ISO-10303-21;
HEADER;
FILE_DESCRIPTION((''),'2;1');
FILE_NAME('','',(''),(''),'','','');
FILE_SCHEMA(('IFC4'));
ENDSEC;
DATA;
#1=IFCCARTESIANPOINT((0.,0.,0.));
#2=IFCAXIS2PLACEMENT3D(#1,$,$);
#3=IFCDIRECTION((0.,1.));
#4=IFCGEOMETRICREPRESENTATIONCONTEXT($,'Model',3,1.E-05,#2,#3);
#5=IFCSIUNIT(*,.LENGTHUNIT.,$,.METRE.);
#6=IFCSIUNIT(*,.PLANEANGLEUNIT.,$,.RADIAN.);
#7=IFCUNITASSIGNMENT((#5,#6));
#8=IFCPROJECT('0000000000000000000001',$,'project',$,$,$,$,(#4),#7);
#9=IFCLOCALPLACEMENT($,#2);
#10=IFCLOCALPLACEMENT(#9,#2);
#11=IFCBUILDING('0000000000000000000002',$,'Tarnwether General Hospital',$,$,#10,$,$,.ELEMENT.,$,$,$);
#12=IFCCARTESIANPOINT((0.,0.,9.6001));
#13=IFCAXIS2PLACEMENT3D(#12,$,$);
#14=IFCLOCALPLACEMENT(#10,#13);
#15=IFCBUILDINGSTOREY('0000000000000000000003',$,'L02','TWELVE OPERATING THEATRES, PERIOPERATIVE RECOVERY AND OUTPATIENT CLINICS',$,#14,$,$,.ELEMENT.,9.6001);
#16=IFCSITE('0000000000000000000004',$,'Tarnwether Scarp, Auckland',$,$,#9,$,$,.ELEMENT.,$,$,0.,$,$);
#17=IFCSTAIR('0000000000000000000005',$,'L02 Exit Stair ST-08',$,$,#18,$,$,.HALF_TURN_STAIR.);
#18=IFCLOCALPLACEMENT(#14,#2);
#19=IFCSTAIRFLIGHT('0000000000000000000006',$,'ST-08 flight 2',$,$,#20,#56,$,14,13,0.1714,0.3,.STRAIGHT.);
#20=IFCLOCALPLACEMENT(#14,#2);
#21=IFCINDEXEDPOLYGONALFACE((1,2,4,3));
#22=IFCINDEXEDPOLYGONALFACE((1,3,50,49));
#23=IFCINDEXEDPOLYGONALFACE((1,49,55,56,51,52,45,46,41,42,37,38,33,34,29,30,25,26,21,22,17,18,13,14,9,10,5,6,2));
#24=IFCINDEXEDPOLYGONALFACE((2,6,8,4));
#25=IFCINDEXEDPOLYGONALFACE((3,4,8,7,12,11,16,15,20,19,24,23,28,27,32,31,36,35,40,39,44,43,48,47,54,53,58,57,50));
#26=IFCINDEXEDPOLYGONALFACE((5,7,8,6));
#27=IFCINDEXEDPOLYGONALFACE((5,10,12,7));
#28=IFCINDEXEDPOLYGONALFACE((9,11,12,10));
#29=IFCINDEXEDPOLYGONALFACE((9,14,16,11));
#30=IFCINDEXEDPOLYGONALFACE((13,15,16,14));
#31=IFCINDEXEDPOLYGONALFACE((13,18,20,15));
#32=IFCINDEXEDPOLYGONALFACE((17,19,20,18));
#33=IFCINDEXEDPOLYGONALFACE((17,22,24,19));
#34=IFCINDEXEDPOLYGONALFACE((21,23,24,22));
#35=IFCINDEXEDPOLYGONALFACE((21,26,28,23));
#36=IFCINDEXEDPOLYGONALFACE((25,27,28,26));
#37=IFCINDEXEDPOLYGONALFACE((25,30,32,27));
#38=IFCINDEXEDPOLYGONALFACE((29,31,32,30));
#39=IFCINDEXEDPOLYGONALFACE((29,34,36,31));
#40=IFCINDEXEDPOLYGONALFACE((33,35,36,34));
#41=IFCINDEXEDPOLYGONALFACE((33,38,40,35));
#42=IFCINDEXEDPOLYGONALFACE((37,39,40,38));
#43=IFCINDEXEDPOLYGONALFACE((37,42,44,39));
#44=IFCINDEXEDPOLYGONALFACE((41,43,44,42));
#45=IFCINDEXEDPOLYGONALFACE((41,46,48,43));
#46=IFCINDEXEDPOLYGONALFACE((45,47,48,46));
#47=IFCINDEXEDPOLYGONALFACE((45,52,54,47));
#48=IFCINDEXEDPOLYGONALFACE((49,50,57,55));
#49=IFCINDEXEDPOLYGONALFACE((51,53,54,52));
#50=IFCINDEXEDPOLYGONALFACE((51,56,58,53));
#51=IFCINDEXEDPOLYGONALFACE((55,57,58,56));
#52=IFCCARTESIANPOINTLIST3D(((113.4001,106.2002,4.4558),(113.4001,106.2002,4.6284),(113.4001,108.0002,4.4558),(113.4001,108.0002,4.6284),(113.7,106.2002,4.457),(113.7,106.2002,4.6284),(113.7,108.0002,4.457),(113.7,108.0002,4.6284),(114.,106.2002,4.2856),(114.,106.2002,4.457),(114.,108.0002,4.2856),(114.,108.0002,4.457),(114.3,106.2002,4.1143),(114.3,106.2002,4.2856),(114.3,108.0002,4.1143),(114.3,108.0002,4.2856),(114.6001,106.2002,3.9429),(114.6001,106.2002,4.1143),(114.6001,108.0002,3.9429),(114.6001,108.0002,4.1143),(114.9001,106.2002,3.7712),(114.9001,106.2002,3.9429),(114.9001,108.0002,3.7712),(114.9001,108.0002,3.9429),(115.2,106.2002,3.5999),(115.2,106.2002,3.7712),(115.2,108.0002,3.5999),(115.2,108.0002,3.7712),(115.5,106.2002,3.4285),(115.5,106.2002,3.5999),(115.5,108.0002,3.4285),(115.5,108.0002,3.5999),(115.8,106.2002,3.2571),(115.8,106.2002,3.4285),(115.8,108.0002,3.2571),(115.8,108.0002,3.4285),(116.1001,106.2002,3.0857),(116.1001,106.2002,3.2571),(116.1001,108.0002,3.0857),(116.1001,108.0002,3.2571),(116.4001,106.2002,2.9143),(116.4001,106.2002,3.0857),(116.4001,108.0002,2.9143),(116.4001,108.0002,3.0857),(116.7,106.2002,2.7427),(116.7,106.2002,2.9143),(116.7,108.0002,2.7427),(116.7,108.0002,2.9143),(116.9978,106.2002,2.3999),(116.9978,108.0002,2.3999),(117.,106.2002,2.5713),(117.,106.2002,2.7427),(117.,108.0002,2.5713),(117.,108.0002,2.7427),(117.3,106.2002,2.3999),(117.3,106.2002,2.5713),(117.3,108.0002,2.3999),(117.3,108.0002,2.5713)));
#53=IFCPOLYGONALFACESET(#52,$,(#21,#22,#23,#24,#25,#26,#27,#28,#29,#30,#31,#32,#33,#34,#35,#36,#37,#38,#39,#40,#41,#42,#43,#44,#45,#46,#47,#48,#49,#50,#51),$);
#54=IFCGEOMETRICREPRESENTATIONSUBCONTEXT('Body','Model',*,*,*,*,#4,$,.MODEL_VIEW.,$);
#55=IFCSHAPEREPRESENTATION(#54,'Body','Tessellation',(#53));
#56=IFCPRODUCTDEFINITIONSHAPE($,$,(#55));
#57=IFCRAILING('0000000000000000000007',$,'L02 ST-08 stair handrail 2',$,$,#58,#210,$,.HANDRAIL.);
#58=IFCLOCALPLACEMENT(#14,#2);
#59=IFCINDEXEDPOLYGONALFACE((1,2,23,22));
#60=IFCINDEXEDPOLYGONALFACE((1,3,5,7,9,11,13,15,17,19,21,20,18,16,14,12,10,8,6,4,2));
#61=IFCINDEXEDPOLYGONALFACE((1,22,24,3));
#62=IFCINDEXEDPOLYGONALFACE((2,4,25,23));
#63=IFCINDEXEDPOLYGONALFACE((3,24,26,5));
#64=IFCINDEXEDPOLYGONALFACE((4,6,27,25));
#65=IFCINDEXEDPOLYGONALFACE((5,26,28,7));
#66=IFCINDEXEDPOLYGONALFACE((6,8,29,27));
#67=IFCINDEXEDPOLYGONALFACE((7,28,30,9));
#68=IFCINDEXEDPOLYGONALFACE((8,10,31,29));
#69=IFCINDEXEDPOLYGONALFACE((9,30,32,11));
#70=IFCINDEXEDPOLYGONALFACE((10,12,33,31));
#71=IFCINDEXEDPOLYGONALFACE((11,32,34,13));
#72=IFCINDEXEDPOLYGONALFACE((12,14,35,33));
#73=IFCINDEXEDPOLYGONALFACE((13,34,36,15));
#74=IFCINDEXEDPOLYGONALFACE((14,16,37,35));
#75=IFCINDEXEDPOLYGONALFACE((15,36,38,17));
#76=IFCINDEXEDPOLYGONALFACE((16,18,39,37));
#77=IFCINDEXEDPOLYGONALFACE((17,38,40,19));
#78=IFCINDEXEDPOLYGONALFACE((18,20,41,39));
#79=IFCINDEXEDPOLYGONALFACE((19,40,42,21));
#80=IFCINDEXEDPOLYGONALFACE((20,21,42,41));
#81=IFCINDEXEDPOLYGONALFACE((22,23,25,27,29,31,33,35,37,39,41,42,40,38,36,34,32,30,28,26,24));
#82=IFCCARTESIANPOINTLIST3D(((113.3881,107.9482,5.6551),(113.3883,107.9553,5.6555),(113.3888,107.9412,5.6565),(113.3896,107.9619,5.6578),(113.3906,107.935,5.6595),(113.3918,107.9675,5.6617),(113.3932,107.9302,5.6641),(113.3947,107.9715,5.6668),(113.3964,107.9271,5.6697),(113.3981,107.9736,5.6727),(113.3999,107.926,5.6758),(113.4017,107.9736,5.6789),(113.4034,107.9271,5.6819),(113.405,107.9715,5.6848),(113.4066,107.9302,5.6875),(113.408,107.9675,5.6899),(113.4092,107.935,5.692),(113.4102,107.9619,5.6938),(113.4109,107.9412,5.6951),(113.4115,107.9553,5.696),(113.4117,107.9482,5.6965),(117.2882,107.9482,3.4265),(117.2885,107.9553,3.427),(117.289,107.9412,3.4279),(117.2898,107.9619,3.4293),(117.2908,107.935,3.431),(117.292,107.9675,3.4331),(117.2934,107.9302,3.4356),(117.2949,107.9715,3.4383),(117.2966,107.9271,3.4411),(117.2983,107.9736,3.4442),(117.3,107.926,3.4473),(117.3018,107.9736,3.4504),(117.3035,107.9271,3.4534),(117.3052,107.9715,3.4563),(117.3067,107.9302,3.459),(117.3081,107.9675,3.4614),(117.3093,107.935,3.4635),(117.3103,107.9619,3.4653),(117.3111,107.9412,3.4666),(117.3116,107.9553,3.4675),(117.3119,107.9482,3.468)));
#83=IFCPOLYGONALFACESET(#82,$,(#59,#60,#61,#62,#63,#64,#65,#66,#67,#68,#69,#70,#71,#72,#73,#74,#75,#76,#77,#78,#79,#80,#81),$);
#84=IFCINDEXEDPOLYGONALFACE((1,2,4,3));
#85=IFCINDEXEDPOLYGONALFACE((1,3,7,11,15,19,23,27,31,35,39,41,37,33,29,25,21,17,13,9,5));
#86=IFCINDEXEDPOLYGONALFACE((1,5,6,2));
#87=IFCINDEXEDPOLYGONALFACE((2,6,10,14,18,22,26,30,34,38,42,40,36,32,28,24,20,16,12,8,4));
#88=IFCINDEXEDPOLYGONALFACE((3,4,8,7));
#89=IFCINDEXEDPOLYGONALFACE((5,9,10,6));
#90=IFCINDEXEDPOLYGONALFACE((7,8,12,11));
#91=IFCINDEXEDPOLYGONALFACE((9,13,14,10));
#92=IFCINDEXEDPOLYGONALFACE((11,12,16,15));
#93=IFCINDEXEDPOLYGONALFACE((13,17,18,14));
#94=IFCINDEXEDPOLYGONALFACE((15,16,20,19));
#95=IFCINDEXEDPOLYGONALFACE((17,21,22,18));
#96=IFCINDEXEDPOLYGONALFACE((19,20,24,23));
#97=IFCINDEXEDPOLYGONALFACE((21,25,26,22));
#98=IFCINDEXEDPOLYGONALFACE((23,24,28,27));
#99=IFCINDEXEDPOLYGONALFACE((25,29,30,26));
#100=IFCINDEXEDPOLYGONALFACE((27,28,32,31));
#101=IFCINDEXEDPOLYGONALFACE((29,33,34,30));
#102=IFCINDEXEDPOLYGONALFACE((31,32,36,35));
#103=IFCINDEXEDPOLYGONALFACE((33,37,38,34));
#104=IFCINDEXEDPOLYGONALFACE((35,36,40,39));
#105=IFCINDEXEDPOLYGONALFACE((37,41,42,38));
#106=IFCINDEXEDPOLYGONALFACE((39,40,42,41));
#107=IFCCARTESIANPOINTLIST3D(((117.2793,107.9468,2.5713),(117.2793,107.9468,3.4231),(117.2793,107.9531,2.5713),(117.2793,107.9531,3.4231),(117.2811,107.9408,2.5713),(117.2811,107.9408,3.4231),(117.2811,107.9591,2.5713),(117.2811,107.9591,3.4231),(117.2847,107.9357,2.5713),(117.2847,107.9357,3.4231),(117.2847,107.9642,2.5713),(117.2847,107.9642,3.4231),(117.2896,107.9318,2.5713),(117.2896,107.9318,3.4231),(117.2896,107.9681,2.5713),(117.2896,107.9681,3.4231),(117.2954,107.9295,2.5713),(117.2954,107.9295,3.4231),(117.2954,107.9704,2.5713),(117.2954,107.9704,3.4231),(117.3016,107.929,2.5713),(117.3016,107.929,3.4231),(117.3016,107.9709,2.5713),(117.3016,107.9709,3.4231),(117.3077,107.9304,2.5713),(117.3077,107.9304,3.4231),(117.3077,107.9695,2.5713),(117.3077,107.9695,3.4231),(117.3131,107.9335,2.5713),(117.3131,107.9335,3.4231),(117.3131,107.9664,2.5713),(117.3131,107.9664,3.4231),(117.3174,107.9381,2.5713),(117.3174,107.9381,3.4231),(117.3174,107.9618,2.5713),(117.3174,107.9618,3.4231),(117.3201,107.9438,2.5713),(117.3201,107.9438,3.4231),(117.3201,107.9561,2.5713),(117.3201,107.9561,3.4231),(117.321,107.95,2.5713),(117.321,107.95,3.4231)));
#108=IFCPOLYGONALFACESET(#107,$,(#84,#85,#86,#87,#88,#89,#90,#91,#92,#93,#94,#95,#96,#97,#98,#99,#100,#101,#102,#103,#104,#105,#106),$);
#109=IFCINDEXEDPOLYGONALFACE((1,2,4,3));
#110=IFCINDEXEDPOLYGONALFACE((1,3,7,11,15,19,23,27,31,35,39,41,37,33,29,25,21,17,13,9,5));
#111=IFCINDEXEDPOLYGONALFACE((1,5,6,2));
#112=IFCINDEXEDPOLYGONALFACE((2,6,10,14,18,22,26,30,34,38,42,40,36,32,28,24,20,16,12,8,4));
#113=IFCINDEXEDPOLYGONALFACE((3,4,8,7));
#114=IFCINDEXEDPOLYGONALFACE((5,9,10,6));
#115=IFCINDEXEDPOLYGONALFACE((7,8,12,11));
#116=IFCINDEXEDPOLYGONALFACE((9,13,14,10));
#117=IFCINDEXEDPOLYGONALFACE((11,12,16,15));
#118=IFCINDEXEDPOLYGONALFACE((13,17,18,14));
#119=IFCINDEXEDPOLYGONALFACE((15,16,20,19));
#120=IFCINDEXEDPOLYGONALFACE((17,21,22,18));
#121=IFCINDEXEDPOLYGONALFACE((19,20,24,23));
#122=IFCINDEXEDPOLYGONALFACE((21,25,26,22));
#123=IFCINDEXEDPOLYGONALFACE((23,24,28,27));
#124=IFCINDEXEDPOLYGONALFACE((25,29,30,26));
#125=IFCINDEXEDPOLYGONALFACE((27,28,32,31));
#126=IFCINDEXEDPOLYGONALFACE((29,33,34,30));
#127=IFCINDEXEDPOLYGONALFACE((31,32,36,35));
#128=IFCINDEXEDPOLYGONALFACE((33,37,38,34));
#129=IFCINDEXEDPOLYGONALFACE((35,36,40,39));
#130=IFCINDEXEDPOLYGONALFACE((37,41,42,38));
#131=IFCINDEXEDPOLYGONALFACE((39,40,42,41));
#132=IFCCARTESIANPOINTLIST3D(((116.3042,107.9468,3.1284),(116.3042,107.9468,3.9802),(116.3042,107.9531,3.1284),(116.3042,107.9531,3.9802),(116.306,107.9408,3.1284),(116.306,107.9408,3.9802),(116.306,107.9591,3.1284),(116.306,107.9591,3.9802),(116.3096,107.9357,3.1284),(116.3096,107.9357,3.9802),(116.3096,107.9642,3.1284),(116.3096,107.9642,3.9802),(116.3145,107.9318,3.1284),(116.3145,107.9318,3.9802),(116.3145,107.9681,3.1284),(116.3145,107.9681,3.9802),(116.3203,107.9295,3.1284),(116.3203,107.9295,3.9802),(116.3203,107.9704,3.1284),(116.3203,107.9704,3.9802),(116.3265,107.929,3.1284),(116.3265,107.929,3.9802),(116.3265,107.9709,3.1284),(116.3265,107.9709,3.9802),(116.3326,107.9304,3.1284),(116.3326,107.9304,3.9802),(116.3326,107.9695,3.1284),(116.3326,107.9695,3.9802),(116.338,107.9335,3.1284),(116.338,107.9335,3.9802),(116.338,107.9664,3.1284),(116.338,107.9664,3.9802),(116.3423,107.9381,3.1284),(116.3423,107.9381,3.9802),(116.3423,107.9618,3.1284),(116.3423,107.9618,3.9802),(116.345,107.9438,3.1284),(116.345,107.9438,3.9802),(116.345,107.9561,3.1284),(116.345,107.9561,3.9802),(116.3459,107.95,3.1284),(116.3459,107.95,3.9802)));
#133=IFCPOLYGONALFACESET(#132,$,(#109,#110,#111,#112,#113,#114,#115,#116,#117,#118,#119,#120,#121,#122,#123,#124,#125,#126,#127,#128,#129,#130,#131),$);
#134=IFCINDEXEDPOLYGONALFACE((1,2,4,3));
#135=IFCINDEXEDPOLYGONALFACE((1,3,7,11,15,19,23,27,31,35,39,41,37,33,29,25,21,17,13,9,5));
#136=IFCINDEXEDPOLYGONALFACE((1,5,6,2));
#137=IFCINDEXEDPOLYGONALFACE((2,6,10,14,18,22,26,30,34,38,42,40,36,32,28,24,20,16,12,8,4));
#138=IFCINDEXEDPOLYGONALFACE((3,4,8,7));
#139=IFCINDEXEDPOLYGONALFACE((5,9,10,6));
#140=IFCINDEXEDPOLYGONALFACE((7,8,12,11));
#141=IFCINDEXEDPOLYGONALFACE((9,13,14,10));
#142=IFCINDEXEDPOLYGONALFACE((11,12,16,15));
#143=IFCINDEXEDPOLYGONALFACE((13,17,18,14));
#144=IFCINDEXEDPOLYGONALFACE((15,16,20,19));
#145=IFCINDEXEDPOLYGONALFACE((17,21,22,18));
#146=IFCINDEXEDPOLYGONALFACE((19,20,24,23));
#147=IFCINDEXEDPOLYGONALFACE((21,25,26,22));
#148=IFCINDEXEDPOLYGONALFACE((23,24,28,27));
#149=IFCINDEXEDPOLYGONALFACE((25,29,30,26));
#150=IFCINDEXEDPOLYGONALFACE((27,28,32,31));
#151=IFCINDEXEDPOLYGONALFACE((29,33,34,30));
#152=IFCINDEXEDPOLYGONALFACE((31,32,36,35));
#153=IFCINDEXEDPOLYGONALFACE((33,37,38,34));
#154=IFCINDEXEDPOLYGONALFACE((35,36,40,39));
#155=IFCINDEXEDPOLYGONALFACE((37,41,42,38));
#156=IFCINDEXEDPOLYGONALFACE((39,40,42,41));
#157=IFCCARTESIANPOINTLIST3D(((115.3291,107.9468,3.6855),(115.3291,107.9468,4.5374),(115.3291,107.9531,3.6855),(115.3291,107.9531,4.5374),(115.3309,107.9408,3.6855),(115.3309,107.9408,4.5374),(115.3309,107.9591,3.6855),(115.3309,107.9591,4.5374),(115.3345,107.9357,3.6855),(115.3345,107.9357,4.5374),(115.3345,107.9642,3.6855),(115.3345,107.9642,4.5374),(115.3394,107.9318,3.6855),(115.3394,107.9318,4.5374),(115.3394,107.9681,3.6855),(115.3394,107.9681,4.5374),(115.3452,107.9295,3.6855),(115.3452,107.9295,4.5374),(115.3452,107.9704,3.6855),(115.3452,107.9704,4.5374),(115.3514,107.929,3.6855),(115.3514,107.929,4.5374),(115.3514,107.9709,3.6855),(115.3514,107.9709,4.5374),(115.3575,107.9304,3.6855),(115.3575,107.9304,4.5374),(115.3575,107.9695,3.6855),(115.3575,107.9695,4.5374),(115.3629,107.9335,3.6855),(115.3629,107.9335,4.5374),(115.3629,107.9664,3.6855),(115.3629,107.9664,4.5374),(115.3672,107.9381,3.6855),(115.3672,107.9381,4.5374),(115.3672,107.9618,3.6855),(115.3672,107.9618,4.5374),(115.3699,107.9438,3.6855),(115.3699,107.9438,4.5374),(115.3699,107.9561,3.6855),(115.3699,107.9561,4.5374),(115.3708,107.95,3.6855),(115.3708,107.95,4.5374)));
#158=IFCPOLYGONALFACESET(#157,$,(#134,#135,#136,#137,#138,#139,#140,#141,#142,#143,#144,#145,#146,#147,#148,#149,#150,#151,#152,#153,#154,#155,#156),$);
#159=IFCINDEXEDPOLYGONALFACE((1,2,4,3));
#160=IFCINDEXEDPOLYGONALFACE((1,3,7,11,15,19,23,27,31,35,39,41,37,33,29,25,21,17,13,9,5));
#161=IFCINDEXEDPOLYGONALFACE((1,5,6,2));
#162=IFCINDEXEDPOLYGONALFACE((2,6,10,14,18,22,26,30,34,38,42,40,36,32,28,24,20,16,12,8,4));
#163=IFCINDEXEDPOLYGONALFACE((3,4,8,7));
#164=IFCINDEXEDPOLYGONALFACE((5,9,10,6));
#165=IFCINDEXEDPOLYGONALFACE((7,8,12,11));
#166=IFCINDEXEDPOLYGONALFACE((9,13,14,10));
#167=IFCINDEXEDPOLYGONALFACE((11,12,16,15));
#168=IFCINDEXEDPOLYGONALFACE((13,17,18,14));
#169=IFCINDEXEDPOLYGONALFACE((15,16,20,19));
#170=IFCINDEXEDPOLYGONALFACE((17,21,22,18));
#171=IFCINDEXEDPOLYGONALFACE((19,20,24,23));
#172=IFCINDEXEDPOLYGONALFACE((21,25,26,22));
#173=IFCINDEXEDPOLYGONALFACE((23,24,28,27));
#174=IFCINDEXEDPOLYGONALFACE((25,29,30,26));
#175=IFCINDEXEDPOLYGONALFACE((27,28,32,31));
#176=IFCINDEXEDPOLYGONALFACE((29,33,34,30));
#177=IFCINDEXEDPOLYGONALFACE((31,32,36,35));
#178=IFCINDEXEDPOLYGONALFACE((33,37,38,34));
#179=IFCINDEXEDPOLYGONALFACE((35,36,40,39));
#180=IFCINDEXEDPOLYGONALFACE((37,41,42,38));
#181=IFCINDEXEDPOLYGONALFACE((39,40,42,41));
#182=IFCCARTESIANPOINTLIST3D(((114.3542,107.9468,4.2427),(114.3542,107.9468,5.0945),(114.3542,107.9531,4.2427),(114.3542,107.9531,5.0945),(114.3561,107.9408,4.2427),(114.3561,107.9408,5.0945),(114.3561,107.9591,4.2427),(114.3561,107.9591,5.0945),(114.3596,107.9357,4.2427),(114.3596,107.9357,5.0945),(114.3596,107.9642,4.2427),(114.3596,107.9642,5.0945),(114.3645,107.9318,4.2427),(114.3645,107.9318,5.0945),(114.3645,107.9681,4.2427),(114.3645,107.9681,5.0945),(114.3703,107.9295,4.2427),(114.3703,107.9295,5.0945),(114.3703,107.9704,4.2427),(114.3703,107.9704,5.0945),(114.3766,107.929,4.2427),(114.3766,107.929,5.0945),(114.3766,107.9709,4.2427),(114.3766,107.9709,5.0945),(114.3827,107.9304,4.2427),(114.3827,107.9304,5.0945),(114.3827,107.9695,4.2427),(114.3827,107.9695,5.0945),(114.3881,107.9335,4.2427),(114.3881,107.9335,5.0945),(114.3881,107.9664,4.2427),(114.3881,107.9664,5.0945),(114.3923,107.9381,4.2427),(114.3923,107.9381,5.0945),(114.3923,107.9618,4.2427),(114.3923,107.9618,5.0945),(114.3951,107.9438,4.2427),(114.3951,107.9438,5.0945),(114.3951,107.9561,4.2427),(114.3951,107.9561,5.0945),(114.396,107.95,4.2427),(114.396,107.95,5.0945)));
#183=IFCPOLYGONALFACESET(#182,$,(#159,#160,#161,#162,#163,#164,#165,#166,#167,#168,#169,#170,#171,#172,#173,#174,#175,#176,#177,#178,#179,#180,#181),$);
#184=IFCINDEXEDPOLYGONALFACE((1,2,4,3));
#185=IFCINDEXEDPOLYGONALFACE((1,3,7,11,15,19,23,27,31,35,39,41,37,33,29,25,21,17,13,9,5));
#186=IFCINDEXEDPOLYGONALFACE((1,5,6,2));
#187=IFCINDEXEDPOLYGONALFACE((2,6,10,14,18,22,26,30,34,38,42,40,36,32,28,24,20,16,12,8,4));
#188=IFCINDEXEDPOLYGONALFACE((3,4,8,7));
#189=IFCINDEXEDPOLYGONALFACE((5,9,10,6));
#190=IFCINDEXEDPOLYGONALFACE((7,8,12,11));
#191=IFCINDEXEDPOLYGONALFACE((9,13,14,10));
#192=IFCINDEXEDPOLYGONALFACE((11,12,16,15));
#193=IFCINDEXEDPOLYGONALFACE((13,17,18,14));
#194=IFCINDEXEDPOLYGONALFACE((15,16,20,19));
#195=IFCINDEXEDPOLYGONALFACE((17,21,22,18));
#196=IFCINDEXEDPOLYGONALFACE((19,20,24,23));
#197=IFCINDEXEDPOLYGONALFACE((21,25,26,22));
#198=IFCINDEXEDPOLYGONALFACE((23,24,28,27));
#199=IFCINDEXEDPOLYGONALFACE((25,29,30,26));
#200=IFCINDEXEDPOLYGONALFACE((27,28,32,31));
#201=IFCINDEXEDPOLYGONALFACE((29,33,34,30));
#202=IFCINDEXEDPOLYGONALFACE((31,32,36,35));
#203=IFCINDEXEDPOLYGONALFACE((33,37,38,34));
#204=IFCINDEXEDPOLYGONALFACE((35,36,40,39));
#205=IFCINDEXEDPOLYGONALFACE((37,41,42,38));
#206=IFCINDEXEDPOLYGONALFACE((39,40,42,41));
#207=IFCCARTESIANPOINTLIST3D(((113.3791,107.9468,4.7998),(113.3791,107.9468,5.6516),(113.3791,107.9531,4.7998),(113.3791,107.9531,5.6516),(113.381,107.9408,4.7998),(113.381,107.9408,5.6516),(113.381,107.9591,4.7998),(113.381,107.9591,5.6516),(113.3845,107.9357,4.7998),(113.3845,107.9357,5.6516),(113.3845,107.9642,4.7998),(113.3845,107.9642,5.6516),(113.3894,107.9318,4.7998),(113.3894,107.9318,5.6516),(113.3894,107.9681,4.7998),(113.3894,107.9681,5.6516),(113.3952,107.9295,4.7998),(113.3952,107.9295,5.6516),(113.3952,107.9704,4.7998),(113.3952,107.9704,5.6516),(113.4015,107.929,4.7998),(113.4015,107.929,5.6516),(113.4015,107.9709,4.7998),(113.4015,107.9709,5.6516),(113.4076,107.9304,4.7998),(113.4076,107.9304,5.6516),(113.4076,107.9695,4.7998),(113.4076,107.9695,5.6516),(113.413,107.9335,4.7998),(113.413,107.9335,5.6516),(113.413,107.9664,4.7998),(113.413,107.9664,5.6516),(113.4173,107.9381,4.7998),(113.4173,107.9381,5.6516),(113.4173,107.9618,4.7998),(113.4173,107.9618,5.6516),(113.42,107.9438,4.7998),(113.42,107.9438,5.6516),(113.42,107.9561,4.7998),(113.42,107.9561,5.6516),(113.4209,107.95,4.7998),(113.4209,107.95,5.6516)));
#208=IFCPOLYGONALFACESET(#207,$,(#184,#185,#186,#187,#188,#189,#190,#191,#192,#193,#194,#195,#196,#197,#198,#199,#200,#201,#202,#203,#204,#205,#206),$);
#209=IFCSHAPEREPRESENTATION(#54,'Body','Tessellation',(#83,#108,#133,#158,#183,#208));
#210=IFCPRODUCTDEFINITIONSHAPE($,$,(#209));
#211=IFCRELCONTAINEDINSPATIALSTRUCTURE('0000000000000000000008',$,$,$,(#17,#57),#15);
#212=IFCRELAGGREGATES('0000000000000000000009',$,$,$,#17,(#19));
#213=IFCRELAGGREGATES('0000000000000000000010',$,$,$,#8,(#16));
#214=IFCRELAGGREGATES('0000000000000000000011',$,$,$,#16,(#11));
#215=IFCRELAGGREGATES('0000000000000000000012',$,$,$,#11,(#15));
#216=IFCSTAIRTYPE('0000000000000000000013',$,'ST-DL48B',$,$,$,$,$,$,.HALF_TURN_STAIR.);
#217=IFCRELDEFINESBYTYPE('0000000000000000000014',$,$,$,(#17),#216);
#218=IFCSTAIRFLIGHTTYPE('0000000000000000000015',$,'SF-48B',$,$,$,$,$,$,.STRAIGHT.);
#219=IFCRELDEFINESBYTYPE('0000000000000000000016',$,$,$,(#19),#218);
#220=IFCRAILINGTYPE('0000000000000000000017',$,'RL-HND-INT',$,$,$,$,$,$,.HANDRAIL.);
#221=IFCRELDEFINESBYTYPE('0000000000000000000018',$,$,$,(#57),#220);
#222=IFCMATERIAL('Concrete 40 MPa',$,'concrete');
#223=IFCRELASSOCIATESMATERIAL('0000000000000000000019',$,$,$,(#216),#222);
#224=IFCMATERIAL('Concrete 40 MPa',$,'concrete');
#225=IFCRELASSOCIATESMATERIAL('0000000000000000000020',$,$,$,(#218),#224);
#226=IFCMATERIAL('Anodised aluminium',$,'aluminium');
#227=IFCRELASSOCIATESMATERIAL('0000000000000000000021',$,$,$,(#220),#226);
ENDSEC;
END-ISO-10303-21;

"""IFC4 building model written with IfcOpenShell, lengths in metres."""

from ifc_helpers import new_model, si_unit, direction, frame, origin, origin_2d, place, context, subcontext, project, spatial, polyline, circle, outline, extrude, material, type_object, element, aggregate, save


model = new_model("IFC4")

# Units and contexts
model_context = context("Model", 3, precision=1e-05, world=origin(), true_north=direction((0.0, 1.0)))
body_context = subcontext(model_context, "Body", "Model", "MODEL_VIEW")
ifc_project = project(units=[si_unit("LENGTHUNIT", "METRE"), si_unit("PLANEANGLEUNIT", "RADIAN")], contexts=[model_context])

# Site, building, storey
site_placement = place(None, origin())
site = spatial("IfcSite", under=ifc_project, at=site_placement, Name="Tarnwether Scarp, Auckland", CompositionType="ELEMENT", RefElevation=0.0)
building_placement = place(site_placement, origin())
building = spatial("IfcBuilding", under=site, at=building_placement, Name="Tarnwether General Hospital", CompositionType="ELEMENT")
storey_placement = place(building_placement, frame((0.0, 0.0, 9.6001)))
storey = spatial("IfcBuildingStorey", under=building, at=storey_placement, Name="L02", Description="TWELVE OPERATING THEATRES, PERIOPERATIVE RECOVERY AND OUTPATIENT CLINICS", CompositionType="ELEMENT", Elevation=9.6001)

# Stair, stair flight
ifc_material_1 = material(Name="Concrete 40 MPa", Category="concrete")
stair_type = type_object("IfcStairType", Name="ST-DL48B", PredefinedType="HALF_TURN_STAIR", material=ifc_material_1)
stair_placement = place(storey_placement, origin())
stair = element("IfcStair", 1, at=stair_placement, inside=storey, type_object=stair_type, Name="L02 Exit Stair ST-08", PredefinedType="HALF_TURN_STAIR")
ifc_material_2 = material(Name="Concrete 40 MPa", Category="concrete")
stair_flight_type = type_object("IfcStairFlightType", Name="SF-48B", PredefinedType="STRAIGHT", material=ifc_material_2)
stair_flight_placement = place(storey_placement, frame((117.3, 107.1001, 2.3999), z_axis=(0.0, 0.0, 1.0), x_axis=(-1.0, 0.0, 0.0)))
stair_flight = element("IfcStairFlight", 2, at=stair_flight_placement, type_object=stair_flight_type, Name="ST-08 flight 2", NumberOfRisers=14, NumberOfTreads=13, PredefinedType="STRAIGHT", RiserHeight=0.1714, TreadLength=0.3, context=body_context, shape_type="SweptSolid", body=[
    extrude(outline(polyline([(0.0, 0.0), (0.0, 0.1714), (0.3, 0.1714), (0.3, 0.3428), (0.6001, 0.3428), (0.6001, 0.5144), (0.8999, 0.5144), (0.8999, 0.6858), (1.2, 0.6858), (1.2, 0.8572), (1.5, 0.8572), (1.5, 1.0286), (1.8, 1.0286), (1.8, 1.2), (2.1001, 1.2), (2.1001, 1.3713), (2.3999, 1.3713), (2.3999, 1.543), (2.7, 1.543), (2.7, 1.7144), (3.0, 1.7144), (3.0, 1.8857), (3.3, 1.8857), (3.3, 2.0571), (3.6001, 2.0571), (3.6001, 2.2285), (3.8999, 2.2285), (3.8999, 2.3999), (3.8999, 2.0559), (0.3022, 0.0), (0.0, 0.0)])), frame((0.0, 0.8999, 0.0), z_axis=(0.0, -1.0, 0.0), x_axis=(1.0, 0.0, 0.0)), (0.0, 0.0, 1.0), 1.8),
])
aggregate(stair, [stair_flight])

# Railing
ifc_material_3 = material(Name="Anodised aluminium", Category="aluminium")
railing_type = type_object("IfcRailingType", Name="RL-HND-INT", PredefinedType="HANDRAIL", material=ifc_material_3)
railing_placement = place(storey_placement, frame((117.3, 107.95, 2.5713)))
element("IfcRailing", 3, at=railing_placement, inside=storey, type_object=railing_type, Name="L02 ST-08 stair handrail 2", PredefinedType="HANDRAIL", context=body_context, shape_type="SweptSolid", body=[
    extrude(circle(Radius=0.0239, at=origin_2d()), frame((0.0, 0.0, 0.876), z_axis=(-0.868257, 0.0, 0.496116), x_axis=(0.0, -1.0, 0.0)), (0.0, 0.0, 1.0), 4.4919),
    extrude(circle(Radius=0.021, at=origin_2d()), origin(), (0.0, 0.0, 1.0), 0.8518),
    extrude(circle(Radius=0.021, at=origin_2d()), frame((-0.9751, 0.0, 0.5571)), (0.0, 0.0, 1.0), 0.8518),
    extrude(circle(Radius=0.021, at=origin_2d()), frame((-1.9502, 0.0, 1.1143)), (0.0, 0.0, 1.0), 0.8518),
    extrude(circle(Radius=0.021, at=origin_2d()), frame((-2.925, 0.0, 1.6714)), (0.0, 0.0, 1.0), 0.8518),
    extrude(circle(Radius=0.021, at=origin_2d()), frame((-3.9001, 0.0, 2.2285)), (0.0, 0.0, 1.0), 0.8518),
])

save(model, "model.ifc")
